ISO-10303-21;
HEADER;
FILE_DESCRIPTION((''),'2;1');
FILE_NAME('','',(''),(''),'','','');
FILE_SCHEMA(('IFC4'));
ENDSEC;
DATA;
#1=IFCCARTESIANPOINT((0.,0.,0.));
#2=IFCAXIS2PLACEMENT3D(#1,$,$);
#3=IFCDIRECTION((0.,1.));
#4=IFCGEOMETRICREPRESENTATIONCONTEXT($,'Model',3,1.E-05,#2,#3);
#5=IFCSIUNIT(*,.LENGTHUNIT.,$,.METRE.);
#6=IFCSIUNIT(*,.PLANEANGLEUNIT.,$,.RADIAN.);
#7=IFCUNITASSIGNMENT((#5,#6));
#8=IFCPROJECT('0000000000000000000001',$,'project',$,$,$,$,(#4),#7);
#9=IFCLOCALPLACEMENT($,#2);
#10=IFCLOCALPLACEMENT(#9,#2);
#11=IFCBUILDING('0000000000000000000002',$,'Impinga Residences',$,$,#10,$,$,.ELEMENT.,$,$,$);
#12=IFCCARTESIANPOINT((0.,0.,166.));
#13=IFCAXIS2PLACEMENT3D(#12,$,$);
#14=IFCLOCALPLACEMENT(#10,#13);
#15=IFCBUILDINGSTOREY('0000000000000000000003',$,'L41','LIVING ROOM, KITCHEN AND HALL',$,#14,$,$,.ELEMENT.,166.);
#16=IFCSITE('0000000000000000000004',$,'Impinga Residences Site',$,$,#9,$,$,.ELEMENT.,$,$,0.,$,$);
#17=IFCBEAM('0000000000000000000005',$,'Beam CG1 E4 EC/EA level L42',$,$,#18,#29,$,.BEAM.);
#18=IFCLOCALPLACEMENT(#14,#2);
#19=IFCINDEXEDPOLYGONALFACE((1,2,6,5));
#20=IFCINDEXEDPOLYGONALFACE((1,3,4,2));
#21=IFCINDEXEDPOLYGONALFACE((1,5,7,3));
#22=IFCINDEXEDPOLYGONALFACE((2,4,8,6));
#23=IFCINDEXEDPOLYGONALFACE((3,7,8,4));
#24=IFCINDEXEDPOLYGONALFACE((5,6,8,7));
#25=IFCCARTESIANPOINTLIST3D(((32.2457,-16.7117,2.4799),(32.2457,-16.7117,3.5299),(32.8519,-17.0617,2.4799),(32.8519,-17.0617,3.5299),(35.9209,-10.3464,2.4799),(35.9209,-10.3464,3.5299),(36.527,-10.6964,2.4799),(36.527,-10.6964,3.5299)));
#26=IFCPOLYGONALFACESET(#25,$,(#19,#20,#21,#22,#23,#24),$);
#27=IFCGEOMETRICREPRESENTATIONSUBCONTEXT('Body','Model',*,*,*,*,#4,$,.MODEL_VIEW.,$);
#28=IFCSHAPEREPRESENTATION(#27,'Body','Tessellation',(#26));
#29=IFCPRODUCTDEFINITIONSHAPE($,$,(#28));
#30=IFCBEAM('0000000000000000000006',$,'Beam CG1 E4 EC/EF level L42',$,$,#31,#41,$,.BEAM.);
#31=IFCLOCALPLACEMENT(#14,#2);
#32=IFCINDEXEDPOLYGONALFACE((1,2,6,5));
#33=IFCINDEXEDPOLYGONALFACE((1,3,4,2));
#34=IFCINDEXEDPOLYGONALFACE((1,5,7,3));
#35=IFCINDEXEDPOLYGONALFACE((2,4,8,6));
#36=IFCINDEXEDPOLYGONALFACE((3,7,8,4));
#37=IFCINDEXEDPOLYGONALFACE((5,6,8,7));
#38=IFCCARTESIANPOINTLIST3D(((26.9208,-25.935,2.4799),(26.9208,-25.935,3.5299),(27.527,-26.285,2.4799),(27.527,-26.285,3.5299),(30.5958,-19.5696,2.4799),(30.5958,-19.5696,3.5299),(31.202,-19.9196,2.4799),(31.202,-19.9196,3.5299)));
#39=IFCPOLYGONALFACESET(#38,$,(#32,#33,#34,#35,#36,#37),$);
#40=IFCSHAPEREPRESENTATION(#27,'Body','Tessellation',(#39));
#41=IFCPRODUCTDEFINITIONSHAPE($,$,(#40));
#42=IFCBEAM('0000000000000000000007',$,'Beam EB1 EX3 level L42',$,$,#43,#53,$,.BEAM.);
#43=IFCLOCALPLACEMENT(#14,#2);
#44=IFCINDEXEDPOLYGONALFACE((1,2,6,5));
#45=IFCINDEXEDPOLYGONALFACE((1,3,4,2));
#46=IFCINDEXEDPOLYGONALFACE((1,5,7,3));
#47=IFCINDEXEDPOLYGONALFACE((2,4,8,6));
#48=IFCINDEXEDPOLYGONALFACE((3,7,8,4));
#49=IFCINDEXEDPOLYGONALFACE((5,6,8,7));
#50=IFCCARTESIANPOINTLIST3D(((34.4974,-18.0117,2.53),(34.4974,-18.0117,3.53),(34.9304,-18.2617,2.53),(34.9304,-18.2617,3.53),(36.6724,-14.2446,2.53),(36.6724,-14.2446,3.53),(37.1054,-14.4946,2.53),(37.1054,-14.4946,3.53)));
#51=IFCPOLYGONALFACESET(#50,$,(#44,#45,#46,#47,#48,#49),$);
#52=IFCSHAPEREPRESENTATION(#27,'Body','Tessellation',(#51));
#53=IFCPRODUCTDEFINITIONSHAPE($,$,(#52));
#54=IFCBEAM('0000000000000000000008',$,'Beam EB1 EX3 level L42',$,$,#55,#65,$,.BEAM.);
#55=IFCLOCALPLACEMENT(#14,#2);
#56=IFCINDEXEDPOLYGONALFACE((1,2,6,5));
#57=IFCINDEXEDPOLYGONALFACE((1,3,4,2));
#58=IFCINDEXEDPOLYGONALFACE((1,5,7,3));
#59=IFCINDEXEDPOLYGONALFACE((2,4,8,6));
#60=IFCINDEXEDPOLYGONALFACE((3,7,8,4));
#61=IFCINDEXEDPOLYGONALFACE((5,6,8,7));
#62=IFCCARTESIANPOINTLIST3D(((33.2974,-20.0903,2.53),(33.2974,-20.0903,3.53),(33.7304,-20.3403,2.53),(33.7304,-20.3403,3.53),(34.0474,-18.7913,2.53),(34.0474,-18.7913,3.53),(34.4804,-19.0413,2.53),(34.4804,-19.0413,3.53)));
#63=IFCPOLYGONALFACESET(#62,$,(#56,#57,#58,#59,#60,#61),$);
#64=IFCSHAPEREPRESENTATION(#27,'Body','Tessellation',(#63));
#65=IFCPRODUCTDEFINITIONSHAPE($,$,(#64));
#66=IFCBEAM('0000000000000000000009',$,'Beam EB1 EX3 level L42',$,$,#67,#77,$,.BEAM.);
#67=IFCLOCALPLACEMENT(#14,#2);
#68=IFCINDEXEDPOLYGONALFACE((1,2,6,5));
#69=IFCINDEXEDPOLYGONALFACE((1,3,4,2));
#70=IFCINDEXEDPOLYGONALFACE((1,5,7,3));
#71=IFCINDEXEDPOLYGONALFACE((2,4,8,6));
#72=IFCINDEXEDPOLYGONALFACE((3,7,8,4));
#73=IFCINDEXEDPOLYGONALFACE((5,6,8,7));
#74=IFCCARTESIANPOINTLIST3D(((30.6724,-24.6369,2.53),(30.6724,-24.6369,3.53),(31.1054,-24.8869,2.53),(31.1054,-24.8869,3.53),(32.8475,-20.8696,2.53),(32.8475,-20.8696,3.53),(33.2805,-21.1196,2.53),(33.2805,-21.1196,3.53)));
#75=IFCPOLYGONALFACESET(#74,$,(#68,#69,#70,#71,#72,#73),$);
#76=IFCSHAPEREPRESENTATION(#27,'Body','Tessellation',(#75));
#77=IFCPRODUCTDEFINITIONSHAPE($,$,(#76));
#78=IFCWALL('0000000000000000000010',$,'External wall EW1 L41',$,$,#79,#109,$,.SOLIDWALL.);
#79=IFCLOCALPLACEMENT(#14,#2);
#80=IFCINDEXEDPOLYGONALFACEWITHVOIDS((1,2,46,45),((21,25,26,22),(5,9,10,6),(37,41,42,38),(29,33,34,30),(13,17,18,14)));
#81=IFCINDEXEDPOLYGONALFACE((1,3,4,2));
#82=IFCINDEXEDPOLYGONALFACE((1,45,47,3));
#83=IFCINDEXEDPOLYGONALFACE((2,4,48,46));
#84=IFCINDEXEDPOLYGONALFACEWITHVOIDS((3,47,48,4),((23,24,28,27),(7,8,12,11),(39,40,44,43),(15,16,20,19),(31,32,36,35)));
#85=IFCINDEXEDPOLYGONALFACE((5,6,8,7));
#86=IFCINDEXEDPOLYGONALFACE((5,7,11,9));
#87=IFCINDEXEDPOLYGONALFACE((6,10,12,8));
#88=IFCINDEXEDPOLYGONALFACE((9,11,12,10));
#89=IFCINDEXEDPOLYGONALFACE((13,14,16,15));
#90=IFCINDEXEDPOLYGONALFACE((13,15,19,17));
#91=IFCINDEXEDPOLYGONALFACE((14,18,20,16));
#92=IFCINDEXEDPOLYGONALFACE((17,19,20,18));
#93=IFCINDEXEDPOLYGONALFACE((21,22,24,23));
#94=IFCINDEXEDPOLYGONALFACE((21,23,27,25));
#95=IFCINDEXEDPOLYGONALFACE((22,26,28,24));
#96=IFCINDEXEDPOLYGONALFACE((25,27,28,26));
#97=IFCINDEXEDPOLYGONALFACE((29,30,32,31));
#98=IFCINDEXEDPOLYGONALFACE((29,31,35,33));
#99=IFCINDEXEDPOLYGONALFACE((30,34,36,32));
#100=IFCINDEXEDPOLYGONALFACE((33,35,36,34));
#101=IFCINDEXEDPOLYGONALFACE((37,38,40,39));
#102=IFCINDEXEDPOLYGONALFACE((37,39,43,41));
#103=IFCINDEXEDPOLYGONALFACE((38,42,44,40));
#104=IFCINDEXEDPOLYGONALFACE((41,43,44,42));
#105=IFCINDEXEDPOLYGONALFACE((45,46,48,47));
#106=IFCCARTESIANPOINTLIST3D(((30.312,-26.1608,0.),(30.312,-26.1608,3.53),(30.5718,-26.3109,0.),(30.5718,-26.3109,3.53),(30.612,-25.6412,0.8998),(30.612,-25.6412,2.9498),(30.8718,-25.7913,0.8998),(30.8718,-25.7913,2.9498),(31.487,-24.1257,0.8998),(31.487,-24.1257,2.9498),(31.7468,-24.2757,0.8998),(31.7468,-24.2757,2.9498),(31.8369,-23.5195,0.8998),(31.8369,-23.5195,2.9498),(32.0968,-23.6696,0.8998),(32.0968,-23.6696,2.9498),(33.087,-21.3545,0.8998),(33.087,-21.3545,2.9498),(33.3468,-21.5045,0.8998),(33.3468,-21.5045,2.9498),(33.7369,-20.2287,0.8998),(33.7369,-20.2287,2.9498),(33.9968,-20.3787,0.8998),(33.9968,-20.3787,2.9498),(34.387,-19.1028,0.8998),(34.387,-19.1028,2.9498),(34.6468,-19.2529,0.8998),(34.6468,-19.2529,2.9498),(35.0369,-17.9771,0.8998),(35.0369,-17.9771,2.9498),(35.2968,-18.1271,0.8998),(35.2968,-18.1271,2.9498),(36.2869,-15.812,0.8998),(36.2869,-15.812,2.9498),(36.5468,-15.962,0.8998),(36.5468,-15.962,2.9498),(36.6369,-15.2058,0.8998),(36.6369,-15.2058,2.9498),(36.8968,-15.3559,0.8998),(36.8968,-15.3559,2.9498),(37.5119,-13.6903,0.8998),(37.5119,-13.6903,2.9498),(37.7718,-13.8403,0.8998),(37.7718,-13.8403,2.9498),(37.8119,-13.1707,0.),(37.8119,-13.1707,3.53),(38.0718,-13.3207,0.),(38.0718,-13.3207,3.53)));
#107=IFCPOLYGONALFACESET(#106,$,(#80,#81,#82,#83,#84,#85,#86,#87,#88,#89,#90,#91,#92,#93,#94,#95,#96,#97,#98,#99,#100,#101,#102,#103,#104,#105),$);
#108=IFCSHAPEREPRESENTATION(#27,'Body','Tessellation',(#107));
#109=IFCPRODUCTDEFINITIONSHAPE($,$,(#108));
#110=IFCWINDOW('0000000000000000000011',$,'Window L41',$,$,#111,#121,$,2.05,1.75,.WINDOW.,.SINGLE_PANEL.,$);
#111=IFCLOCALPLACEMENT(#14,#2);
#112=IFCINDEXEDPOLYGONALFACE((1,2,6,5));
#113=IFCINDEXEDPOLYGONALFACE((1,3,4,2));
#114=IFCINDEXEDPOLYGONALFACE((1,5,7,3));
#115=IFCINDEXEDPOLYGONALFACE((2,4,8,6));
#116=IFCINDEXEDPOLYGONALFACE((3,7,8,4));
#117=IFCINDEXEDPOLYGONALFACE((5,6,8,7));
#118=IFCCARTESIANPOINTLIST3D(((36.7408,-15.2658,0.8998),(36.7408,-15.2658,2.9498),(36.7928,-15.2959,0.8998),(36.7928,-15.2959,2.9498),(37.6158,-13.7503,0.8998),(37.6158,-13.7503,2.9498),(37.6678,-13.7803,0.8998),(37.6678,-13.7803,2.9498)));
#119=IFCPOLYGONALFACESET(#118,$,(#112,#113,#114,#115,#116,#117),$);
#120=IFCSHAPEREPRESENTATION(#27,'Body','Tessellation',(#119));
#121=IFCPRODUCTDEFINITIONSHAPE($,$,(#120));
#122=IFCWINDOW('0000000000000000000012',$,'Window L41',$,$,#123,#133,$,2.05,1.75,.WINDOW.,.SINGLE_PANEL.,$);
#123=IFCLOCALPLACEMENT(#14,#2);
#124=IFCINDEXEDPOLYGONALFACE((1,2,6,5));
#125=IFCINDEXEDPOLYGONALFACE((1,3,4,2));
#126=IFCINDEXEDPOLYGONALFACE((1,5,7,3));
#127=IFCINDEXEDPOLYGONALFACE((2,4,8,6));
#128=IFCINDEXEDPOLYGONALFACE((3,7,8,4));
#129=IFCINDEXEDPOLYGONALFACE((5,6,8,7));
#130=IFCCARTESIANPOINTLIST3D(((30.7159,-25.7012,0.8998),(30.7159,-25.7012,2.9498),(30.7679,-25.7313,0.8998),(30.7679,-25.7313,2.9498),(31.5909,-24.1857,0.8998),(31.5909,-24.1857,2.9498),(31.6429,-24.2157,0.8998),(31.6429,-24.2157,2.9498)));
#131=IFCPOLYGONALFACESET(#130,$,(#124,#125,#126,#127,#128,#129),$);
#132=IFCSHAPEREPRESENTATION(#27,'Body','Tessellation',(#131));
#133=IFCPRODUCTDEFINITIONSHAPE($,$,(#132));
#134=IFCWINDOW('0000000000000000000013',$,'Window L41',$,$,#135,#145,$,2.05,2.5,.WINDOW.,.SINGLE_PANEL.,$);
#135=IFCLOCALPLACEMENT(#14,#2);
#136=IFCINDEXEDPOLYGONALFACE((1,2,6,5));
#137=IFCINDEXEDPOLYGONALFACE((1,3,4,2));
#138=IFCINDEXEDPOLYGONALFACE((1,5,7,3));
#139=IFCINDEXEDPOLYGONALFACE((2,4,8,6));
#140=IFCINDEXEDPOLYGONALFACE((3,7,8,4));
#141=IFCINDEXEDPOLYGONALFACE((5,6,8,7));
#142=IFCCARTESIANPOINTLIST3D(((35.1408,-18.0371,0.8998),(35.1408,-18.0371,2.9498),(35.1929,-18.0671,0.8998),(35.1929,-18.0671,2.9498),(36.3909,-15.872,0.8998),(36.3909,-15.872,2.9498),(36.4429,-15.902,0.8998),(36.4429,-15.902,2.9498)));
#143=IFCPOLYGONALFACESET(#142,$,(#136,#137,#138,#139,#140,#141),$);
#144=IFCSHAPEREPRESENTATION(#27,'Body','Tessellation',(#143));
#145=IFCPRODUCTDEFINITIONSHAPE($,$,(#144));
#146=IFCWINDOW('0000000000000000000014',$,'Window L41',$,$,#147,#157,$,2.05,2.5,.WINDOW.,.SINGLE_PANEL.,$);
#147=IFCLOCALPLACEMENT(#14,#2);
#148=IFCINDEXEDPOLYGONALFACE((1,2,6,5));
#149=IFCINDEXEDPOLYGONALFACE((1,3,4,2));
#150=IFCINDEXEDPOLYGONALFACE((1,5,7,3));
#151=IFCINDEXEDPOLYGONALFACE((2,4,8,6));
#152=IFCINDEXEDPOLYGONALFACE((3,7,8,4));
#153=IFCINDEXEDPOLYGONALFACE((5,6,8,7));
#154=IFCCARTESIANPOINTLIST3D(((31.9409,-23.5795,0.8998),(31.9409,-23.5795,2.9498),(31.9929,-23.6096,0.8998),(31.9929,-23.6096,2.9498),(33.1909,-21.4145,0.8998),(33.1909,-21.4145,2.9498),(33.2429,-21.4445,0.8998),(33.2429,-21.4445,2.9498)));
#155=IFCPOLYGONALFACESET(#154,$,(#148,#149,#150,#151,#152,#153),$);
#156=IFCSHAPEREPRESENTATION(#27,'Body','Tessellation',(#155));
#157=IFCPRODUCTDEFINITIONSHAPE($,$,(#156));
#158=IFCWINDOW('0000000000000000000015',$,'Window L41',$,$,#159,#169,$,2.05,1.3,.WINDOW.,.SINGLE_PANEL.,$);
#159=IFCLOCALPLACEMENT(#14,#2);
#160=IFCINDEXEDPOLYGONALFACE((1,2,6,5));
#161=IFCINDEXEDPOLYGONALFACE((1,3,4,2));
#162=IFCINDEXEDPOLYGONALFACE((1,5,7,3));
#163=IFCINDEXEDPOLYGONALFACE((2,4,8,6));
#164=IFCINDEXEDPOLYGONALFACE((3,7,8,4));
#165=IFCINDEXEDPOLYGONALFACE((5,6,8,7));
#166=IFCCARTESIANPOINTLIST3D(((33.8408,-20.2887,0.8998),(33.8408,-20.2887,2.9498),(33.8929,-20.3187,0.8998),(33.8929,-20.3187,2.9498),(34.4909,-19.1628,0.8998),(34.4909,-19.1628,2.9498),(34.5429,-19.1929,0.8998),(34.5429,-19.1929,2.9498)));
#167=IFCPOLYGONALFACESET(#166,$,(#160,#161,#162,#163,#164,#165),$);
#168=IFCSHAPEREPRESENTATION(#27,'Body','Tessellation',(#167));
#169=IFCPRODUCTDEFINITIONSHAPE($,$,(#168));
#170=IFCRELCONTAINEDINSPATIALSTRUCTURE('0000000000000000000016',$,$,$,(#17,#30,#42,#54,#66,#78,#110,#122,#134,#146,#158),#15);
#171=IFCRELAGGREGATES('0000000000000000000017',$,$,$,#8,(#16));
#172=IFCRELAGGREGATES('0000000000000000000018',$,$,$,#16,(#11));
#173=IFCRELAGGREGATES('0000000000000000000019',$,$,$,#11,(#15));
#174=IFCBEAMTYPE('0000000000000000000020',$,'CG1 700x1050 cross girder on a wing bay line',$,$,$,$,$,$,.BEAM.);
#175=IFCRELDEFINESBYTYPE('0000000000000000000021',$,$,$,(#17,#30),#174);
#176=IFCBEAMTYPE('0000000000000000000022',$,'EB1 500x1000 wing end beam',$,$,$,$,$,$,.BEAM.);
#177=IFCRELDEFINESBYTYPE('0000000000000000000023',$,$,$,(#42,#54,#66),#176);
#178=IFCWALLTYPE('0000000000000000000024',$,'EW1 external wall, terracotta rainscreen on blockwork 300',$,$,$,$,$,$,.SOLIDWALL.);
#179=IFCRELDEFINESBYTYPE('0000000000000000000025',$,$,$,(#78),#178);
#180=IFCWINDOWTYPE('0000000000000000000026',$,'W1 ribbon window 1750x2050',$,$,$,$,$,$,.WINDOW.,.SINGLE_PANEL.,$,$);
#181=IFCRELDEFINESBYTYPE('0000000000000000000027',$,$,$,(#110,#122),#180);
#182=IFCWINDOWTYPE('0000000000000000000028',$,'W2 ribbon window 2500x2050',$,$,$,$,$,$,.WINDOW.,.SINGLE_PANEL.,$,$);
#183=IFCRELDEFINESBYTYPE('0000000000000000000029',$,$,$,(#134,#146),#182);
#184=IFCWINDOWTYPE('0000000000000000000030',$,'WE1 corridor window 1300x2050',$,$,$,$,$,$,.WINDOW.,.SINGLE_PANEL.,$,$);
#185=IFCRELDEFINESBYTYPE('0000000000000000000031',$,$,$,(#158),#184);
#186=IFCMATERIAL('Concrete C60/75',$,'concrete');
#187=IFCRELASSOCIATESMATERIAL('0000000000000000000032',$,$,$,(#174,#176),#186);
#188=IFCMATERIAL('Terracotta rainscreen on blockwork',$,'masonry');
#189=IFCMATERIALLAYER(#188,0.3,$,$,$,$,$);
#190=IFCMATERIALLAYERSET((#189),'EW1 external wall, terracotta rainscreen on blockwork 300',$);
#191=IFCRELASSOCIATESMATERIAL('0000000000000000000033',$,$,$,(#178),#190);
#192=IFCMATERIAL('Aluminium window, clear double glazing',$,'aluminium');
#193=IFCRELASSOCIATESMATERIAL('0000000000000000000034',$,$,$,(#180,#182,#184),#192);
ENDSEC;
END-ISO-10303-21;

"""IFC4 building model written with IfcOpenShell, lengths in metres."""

from ifc_helpers import new_model, si_unit, direction, frame, frame_2d, origin, origin_2d, place, context, subcontext, project, spatial, rectangle, extrude, material, layer, layer_set, material_profile, profile_set, type_object, element, fill, save


model = new_model("IFC4")

# Units and contexts
model_context = context("Model", 3, precision=1e-05, world=origin(), true_north=direction((0.0, 1.0)))
body_context = subcontext(model_context, "Body", "Model", "MODEL_VIEW")
ifc_project = project(units=[si_unit("LENGTHUNIT", "METRE"), si_unit("PLANEANGLEUNIT", "RADIAN")], contexts=[model_context])

# Site, building, storey
site_placement = place(None, origin())
site = spatial("IfcSite", under=ifc_project, at=site_placement, Name="Impinga Residences Site", CompositionType="ELEMENT", RefElevation=0.0)
building_placement = place(site_placement, origin())
building = spatial("IfcBuilding", under=site, at=building_placement, Name="Impinga Residences", CompositionType="ELEMENT")
storey_placement = place(building_placement, frame((0.0, 0.0, 166.0)))
storey = spatial("IfcBuildingStorey", under=building, at=storey_placement, Name="L41", Description="LIVING ROOM, KITCHEN AND HALL", CompositionType="ELEMENT", Elevation=166.0)

# Beams
ifc_material_1 = material(Name="Concrete C60/75", Category="concrete")
ifc_material_profile_1 = material_profile(ifc_material_1, rectangle(XDim=0.7, YDim=1.05, at=origin_2d()), Name="RC 700x1050")
ifc_profile_set_1 = profile_set([ifc_material_profile_1], Name="Concrete C60/75")
beam_type_1 = type_object("IfcBeamType", Name="CG1 700x1050 cross girder on a wing bay line", PredefinedType="BEAM", material=ifc_profile_set_1)
for number, where, z_axis, x_axis, name in (
    (1, (32.5488, -16.8867, 3.0049), (0.500008, 0.866021, 0.0), (-0.866021, 0.500008, 0.0), "Beam CG1 E4 EC/EA level L42"),
    (2, (30.8989, -19.7446, 3.0049), (-0.499994, -0.866029, 0.0), (0.866029, -0.499994, 0.0), "Beam CG1 E4 EC/EF level L42"),
):
    element("IfcBeam", number, at=place(storey_placement, frame(where, z_axis=z_axis, x_axis=x_axis)), inside=storey, type_object=beam_type_1, Name=name, PredefinedType="BEAM", context=body_context, shape_type="SweptSolid", body=[
        extrude(rectangle(XDim=0.7, YDim=1.05, at=origin_2d()), origin(), (0.0, 0.0, 1.0), 7.3501),
    ])
ifc_material_profile_2 = material_profile(ifc_material_1, rectangle(XDim=0.5, YDim=1.0, at=origin_2d()), Name="RC 500x1000")
ifc_profile_set_2 = profile_set([ifc_material_profile_2], Name="Concrete C60/75")
beam_type_2 = type_object("IfcBeamType", Name="EB1 500x1000 wing end beam", PredefinedType="BEAM", material=ifc_profile_set_2)
beam_1_placement = place(storey_placement, frame((36.8889, -14.3696, 3.03), z_axis=(-0.50002, -0.866014, 0.0), x_axis=(0.866014, -0.50002, 0.0)))
element("IfcBeam", 3, at=beam_1_placement, inside=storey, type_object=beam_type_2, Name="Beam EB1 EX3 level L42", PredefinedType="BEAM", context=body_context, shape_type="SweptSolid", body=[
    extrude(rectangle(XDim=0.5, YDim=1.0, at=origin_2d()), origin(), (0.0, 0.0, 1.0), 4.3499),
])
beam_2_placement = place(storey_placement, frame((34.2639, -18.9163, 3.03), z_axis=(-0.49999, -0.866031, 0.0), x_axis=(0.866031, -0.49999, 0.0)))
element("IfcBeam", 4, at=beam_2_placement, inside=storey, type_object=beam_type_2, Name="Beam EB1 EX3 level L42", PredefinedType="BEAM", context=body_context, shape_type="SweptSolid", body=[
    extrude(rectangle(XDim=0.5, YDim=1.0, at=origin_2d()), origin(), (0.0, 0.0, 1.0), 1.5),
])
beam_3_placement = place(storey_placement, frame((33.064, -20.9946, 3.03), z_axis=(-0.499996, -0.866028, 0.0), x_axis=(0.866028, -0.499996, 0.0)))
element("IfcBeam", 5, at=beam_3_placement, inside=storey, type_object=beam_type_2, Name="Beam EB1 EX3 level L42", PredefinedType="BEAM", context=body_context, shape_type="SweptSolid", body=[
    extrude(rectangle(XDim=0.5, YDim=1.0, at=origin_2d()), origin(), (0.0, 0.0, 1.0), 4.3501),
])

# Wall, openings, windows
ifc_material_2 = material(Name="Terracotta rainscreen on blockwork", Category="masonry")
ifc_layer_1 = layer(ifc_material_2, 0.3)
ifc_layer_set_1 = layer_set([ifc_layer_1], Name="EW1 external wall, terracotta rainscreen on blockwork 300")
wall_type_1 = type_object("IfcWallType", Name="EW1 external wall, terracotta rainscreen on blockwork 300", PredefinedType="SOLIDWALL", material=ifc_layer_set_1)
wall_1_placement = place(storey_placement, frame((37.9419, -13.2456, 0.0), z_axis=(0.0, 0.0, 1.0), x_axis=(-0.500004, -0.866023, 0.0)))
wall_1 = element("IfcWall", 6, at=wall_1_placement, inside=storey, type_object=wall_type_1, Name="External wall EW1 L41", PredefinedType="SOLIDWALL", context=body_context, shape_type="SweptSolid", body=[
    extrude(rectangle(XDim=14.9998, YDim=0.3, at=frame_2d((7.5, 0.0))), origin(), (0.0, 0.0, 1.0), 3.53),
])
opening_1_placement = place(wall_1_placement, frame((0.6001, 0.0, 0.8999)))
opening_1 = element("IfcOpeningElement", 7, at=opening_1_placement, cuts=wall_1, PredefinedType="OPENING", context=body_context, shape_type="SweptSolid", body=[
    extrude(rectangle(XDim=1.75, YDim=2.05, at=frame_2d((0.875, 1.0249))), frame((0.0, 0.1599, 0.0), z_axis=(0.0, -1.0, 0.0), x_axis=(1.0, 0.0, 0.0)), (0.0, 0.0, 1.0), 0.3201),
])
opening_2_placement = place(wall_1_placement, frame((3.05, 0.0, 0.8999)))
opening_2 = element("IfcOpeningElement", 8, at=opening_2_placement, cuts=wall_1, PredefinedType="OPENING", context=body_context, shape_type="SweptSolid", body=[
    extrude(rectangle(XDim=2.5, YDim=2.05, at=frame_2d((1.25, 1.0249))), frame((0.0, 0.1599, 0.0), z_axis=(0.0, -1.0, 0.0), x_axis=(1.0, 0.0, 0.0)), (0.0, 0.0, 1.0), 0.3201),
])
opening_3_placement = place(wall_1_placement, frame((6.8501, 0.0, 0.8999)))
opening_3 = element("IfcOpeningElement", 9, at=opening_3_placement, cuts=wall_1, PredefinedType="OPENING", context=body_context, shape_type="SweptSolid", body=[
    extrude(rectangle(XDim=1.3, YDim=2.05, at=frame_2d((0.6499, 1.0249))), frame((0.0, 0.1599, 0.0), z_axis=(0.0, -1.0, 0.0), x_axis=(1.0, 0.0, 0.0)), (0.0, 0.0, 1.0), 0.3201),
])
opening_4_placement = place(wall_1_placement, frame((9.45, 0.0, 0.8999)))
opening_4 = element("IfcOpeningElement", 10, at=opening_4_placement, cuts=wall_1, PredefinedType="OPENING", context=body_context, shape_type="SweptSolid", body=[
    extrude(rectangle(XDim=2.5, YDim=2.05, at=frame_2d((1.25, 1.0249))), frame((0.0, 0.1599, 0.0), z_axis=(0.0, -1.0, 0.0), x_axis=(1.0, 0.0, 0.0)), (0.0, 0.0, 1.0), 0.3201),
])
opening_5_placement = place(wall_1_placement, frame((12.6499, 0.0, 0.8999)))
opening_5 = element("IfcOpeningElement", 11, at=opening_5_placement, cuts=wall_1, PredefinedType="OPENING", context=body_context, shape_type="SweptSolid", body=[
    extrude(rectangle(XDim=1.75, YDim=2.05, at=frame_2d((0.875, 1.0249))), frame((0.0, 0.1599, 0.0), z_axis=(0.0, -1.0, 0.0), x_axis=(1.0, 0.0, 0.0)), (0.0, 0.0, 1.0), 0.3201),
])
ifc_material_3 = material(Name="Aluminium window, clear double glazing", Category="aluminium")
window_type_1 = type_object("IfcWindowType", Name="W1 ribbon window 1750x2050", PartitioningType="SINGLE_PANEL", PredefinedType="WINDOW", material=ifc_material_3)
window_1_placement = place(opening_1_placement, origin())
window_1 = element("IfcWindow", 12, at=window_1_placement, inside=storey, type_object=window_type_1, Name="Window L41", OverallHeight=2.05, OverallWidth=1.75, PartitioningType="SINGLE_PANEL", PredefinedType="WINDOW", context=body_context, shape_type="SweptSolid", body=[
    extrude(rectangle(XDim=1.75, YDim=2.05, at=frame_2d((0.875, 1.0249))), frame((0.0, 0.03, 0.0), z_axis=(0.0, -1.0, 0.0), x_axis=(1.0, 0.0, 0.0)), (0.0, 0.0, 1.0), 0.0601),
])
fill(opening_1, window_1)
window_2_placement = place(opening_5_placement, origin())
window_2 = element("IfcWindow", 13, at=window_2_placement, inside=storey, type_object=window_type_1, Name="Window L41", OverallHeight=2.05, OverallWidth=1.75, PartitioningType="SINGLE_PANEL", PredefinedType="WINDOW", context=body_context, shape_type="SweptSolid", body=[
    extrude(rectangle(XDim=1.75, YDim=2.05, at=frame_2d((0.875, 1.0249))), frame((0.0, 0.03, 0.0), z_axis=(0.0, -1.0, 0.0), x_axis=(1.0, 0.0, 0.0)), (0.0, 0.0, 1.0), 0.0601),
])
fill(opening_5, window_2)
window_type_2 = type_object("IfcWindowType", Name="W2 ribbon window 2500x2050", PartitioningType="SINGLE_PANEL", PredefinedType="WINDOW", material=ifc_material_3)
window_3_placement = place(opening_2_placement, origin())
window_3 = element("IfcWindow", 14, at=window_3_placement, inside=storey, type_object=window_type_2, Name="Window L41", OverallHeight=2.05, OverallWidth=2.5, PartitioningType="SINGLE_PANEL", PredefinedType="WINDOW", context=body_context, shape_type="SweptSolid", body=[
    extrude(rectangle(XDim=2.5, YDim=2.05, at=frame_2d((1.25, 1.0249))), frame((0.0, 0.03, 0.0), z_axis=(0.0, -1.0, 0.0), x_axis=(1.0, 0.0, 0.0)), (0.0, 0.0, 1.0), 0.0601),
])
fill(opening_2, window_3)
window_4_placement = place(opening_4_placement, origin())
window_4 = element("IfcWindow", 15, at=window_4_placement, inside=storey, type_object=window_type_2, Name="Window L41", OverallHeight=2.05, OverallWidth=2.5, PartitioningType="SINGLE_PANEL", PredefinedType="WINDOW", context=body_context, shape_type="SweptSolid", body=[
    extrude(rectangle(XDim=2.5, YDim=2.05, at=frame_2d((1.25, 1.0249))), frame((0.0, 0.03, 0.0), z_axis=(0.0, -1.0, 0.0), x_axis=(1.0, 0.0, 0.0)), (0.0, 0.0, 1.0), 0.0601),
])
fill(opening_4, window_4)
window_type_3 = type_object("IfcWindowType", Name="WE1 corridor window 1300x2050", PartitioningType="SINGLE_PANEL", PredefinedType="WINDOW", material=ifc_material_3)
window_5_placement = place(opening_3_placement, origin())
window_5 = element("IfcWindow", 16, at=window_5_placement, inside=storey, type_object=window_type_3, Name="Window L41", OverallHeight=2.05, OverallWidth=1.3, PartitioningType="SINGLE_PANEL", PredefinedType="WINDOW", context=body_context, shape_type="SweptSolid", body=[
    extrude(rectangle(XDim=1.3, YDim=2.05, at=frame_2d((0.6499, 1.0249))), frame((0.0, 0.03, 0.0), z_axis=(0.0, -1.0, 0.0), x_axis=(1.0, 0.0, 0.0)), (0.0, 0.0, 1.0), 0.0601),
])
fill(opening_3, window_5)

save(model, "model.ifc")
